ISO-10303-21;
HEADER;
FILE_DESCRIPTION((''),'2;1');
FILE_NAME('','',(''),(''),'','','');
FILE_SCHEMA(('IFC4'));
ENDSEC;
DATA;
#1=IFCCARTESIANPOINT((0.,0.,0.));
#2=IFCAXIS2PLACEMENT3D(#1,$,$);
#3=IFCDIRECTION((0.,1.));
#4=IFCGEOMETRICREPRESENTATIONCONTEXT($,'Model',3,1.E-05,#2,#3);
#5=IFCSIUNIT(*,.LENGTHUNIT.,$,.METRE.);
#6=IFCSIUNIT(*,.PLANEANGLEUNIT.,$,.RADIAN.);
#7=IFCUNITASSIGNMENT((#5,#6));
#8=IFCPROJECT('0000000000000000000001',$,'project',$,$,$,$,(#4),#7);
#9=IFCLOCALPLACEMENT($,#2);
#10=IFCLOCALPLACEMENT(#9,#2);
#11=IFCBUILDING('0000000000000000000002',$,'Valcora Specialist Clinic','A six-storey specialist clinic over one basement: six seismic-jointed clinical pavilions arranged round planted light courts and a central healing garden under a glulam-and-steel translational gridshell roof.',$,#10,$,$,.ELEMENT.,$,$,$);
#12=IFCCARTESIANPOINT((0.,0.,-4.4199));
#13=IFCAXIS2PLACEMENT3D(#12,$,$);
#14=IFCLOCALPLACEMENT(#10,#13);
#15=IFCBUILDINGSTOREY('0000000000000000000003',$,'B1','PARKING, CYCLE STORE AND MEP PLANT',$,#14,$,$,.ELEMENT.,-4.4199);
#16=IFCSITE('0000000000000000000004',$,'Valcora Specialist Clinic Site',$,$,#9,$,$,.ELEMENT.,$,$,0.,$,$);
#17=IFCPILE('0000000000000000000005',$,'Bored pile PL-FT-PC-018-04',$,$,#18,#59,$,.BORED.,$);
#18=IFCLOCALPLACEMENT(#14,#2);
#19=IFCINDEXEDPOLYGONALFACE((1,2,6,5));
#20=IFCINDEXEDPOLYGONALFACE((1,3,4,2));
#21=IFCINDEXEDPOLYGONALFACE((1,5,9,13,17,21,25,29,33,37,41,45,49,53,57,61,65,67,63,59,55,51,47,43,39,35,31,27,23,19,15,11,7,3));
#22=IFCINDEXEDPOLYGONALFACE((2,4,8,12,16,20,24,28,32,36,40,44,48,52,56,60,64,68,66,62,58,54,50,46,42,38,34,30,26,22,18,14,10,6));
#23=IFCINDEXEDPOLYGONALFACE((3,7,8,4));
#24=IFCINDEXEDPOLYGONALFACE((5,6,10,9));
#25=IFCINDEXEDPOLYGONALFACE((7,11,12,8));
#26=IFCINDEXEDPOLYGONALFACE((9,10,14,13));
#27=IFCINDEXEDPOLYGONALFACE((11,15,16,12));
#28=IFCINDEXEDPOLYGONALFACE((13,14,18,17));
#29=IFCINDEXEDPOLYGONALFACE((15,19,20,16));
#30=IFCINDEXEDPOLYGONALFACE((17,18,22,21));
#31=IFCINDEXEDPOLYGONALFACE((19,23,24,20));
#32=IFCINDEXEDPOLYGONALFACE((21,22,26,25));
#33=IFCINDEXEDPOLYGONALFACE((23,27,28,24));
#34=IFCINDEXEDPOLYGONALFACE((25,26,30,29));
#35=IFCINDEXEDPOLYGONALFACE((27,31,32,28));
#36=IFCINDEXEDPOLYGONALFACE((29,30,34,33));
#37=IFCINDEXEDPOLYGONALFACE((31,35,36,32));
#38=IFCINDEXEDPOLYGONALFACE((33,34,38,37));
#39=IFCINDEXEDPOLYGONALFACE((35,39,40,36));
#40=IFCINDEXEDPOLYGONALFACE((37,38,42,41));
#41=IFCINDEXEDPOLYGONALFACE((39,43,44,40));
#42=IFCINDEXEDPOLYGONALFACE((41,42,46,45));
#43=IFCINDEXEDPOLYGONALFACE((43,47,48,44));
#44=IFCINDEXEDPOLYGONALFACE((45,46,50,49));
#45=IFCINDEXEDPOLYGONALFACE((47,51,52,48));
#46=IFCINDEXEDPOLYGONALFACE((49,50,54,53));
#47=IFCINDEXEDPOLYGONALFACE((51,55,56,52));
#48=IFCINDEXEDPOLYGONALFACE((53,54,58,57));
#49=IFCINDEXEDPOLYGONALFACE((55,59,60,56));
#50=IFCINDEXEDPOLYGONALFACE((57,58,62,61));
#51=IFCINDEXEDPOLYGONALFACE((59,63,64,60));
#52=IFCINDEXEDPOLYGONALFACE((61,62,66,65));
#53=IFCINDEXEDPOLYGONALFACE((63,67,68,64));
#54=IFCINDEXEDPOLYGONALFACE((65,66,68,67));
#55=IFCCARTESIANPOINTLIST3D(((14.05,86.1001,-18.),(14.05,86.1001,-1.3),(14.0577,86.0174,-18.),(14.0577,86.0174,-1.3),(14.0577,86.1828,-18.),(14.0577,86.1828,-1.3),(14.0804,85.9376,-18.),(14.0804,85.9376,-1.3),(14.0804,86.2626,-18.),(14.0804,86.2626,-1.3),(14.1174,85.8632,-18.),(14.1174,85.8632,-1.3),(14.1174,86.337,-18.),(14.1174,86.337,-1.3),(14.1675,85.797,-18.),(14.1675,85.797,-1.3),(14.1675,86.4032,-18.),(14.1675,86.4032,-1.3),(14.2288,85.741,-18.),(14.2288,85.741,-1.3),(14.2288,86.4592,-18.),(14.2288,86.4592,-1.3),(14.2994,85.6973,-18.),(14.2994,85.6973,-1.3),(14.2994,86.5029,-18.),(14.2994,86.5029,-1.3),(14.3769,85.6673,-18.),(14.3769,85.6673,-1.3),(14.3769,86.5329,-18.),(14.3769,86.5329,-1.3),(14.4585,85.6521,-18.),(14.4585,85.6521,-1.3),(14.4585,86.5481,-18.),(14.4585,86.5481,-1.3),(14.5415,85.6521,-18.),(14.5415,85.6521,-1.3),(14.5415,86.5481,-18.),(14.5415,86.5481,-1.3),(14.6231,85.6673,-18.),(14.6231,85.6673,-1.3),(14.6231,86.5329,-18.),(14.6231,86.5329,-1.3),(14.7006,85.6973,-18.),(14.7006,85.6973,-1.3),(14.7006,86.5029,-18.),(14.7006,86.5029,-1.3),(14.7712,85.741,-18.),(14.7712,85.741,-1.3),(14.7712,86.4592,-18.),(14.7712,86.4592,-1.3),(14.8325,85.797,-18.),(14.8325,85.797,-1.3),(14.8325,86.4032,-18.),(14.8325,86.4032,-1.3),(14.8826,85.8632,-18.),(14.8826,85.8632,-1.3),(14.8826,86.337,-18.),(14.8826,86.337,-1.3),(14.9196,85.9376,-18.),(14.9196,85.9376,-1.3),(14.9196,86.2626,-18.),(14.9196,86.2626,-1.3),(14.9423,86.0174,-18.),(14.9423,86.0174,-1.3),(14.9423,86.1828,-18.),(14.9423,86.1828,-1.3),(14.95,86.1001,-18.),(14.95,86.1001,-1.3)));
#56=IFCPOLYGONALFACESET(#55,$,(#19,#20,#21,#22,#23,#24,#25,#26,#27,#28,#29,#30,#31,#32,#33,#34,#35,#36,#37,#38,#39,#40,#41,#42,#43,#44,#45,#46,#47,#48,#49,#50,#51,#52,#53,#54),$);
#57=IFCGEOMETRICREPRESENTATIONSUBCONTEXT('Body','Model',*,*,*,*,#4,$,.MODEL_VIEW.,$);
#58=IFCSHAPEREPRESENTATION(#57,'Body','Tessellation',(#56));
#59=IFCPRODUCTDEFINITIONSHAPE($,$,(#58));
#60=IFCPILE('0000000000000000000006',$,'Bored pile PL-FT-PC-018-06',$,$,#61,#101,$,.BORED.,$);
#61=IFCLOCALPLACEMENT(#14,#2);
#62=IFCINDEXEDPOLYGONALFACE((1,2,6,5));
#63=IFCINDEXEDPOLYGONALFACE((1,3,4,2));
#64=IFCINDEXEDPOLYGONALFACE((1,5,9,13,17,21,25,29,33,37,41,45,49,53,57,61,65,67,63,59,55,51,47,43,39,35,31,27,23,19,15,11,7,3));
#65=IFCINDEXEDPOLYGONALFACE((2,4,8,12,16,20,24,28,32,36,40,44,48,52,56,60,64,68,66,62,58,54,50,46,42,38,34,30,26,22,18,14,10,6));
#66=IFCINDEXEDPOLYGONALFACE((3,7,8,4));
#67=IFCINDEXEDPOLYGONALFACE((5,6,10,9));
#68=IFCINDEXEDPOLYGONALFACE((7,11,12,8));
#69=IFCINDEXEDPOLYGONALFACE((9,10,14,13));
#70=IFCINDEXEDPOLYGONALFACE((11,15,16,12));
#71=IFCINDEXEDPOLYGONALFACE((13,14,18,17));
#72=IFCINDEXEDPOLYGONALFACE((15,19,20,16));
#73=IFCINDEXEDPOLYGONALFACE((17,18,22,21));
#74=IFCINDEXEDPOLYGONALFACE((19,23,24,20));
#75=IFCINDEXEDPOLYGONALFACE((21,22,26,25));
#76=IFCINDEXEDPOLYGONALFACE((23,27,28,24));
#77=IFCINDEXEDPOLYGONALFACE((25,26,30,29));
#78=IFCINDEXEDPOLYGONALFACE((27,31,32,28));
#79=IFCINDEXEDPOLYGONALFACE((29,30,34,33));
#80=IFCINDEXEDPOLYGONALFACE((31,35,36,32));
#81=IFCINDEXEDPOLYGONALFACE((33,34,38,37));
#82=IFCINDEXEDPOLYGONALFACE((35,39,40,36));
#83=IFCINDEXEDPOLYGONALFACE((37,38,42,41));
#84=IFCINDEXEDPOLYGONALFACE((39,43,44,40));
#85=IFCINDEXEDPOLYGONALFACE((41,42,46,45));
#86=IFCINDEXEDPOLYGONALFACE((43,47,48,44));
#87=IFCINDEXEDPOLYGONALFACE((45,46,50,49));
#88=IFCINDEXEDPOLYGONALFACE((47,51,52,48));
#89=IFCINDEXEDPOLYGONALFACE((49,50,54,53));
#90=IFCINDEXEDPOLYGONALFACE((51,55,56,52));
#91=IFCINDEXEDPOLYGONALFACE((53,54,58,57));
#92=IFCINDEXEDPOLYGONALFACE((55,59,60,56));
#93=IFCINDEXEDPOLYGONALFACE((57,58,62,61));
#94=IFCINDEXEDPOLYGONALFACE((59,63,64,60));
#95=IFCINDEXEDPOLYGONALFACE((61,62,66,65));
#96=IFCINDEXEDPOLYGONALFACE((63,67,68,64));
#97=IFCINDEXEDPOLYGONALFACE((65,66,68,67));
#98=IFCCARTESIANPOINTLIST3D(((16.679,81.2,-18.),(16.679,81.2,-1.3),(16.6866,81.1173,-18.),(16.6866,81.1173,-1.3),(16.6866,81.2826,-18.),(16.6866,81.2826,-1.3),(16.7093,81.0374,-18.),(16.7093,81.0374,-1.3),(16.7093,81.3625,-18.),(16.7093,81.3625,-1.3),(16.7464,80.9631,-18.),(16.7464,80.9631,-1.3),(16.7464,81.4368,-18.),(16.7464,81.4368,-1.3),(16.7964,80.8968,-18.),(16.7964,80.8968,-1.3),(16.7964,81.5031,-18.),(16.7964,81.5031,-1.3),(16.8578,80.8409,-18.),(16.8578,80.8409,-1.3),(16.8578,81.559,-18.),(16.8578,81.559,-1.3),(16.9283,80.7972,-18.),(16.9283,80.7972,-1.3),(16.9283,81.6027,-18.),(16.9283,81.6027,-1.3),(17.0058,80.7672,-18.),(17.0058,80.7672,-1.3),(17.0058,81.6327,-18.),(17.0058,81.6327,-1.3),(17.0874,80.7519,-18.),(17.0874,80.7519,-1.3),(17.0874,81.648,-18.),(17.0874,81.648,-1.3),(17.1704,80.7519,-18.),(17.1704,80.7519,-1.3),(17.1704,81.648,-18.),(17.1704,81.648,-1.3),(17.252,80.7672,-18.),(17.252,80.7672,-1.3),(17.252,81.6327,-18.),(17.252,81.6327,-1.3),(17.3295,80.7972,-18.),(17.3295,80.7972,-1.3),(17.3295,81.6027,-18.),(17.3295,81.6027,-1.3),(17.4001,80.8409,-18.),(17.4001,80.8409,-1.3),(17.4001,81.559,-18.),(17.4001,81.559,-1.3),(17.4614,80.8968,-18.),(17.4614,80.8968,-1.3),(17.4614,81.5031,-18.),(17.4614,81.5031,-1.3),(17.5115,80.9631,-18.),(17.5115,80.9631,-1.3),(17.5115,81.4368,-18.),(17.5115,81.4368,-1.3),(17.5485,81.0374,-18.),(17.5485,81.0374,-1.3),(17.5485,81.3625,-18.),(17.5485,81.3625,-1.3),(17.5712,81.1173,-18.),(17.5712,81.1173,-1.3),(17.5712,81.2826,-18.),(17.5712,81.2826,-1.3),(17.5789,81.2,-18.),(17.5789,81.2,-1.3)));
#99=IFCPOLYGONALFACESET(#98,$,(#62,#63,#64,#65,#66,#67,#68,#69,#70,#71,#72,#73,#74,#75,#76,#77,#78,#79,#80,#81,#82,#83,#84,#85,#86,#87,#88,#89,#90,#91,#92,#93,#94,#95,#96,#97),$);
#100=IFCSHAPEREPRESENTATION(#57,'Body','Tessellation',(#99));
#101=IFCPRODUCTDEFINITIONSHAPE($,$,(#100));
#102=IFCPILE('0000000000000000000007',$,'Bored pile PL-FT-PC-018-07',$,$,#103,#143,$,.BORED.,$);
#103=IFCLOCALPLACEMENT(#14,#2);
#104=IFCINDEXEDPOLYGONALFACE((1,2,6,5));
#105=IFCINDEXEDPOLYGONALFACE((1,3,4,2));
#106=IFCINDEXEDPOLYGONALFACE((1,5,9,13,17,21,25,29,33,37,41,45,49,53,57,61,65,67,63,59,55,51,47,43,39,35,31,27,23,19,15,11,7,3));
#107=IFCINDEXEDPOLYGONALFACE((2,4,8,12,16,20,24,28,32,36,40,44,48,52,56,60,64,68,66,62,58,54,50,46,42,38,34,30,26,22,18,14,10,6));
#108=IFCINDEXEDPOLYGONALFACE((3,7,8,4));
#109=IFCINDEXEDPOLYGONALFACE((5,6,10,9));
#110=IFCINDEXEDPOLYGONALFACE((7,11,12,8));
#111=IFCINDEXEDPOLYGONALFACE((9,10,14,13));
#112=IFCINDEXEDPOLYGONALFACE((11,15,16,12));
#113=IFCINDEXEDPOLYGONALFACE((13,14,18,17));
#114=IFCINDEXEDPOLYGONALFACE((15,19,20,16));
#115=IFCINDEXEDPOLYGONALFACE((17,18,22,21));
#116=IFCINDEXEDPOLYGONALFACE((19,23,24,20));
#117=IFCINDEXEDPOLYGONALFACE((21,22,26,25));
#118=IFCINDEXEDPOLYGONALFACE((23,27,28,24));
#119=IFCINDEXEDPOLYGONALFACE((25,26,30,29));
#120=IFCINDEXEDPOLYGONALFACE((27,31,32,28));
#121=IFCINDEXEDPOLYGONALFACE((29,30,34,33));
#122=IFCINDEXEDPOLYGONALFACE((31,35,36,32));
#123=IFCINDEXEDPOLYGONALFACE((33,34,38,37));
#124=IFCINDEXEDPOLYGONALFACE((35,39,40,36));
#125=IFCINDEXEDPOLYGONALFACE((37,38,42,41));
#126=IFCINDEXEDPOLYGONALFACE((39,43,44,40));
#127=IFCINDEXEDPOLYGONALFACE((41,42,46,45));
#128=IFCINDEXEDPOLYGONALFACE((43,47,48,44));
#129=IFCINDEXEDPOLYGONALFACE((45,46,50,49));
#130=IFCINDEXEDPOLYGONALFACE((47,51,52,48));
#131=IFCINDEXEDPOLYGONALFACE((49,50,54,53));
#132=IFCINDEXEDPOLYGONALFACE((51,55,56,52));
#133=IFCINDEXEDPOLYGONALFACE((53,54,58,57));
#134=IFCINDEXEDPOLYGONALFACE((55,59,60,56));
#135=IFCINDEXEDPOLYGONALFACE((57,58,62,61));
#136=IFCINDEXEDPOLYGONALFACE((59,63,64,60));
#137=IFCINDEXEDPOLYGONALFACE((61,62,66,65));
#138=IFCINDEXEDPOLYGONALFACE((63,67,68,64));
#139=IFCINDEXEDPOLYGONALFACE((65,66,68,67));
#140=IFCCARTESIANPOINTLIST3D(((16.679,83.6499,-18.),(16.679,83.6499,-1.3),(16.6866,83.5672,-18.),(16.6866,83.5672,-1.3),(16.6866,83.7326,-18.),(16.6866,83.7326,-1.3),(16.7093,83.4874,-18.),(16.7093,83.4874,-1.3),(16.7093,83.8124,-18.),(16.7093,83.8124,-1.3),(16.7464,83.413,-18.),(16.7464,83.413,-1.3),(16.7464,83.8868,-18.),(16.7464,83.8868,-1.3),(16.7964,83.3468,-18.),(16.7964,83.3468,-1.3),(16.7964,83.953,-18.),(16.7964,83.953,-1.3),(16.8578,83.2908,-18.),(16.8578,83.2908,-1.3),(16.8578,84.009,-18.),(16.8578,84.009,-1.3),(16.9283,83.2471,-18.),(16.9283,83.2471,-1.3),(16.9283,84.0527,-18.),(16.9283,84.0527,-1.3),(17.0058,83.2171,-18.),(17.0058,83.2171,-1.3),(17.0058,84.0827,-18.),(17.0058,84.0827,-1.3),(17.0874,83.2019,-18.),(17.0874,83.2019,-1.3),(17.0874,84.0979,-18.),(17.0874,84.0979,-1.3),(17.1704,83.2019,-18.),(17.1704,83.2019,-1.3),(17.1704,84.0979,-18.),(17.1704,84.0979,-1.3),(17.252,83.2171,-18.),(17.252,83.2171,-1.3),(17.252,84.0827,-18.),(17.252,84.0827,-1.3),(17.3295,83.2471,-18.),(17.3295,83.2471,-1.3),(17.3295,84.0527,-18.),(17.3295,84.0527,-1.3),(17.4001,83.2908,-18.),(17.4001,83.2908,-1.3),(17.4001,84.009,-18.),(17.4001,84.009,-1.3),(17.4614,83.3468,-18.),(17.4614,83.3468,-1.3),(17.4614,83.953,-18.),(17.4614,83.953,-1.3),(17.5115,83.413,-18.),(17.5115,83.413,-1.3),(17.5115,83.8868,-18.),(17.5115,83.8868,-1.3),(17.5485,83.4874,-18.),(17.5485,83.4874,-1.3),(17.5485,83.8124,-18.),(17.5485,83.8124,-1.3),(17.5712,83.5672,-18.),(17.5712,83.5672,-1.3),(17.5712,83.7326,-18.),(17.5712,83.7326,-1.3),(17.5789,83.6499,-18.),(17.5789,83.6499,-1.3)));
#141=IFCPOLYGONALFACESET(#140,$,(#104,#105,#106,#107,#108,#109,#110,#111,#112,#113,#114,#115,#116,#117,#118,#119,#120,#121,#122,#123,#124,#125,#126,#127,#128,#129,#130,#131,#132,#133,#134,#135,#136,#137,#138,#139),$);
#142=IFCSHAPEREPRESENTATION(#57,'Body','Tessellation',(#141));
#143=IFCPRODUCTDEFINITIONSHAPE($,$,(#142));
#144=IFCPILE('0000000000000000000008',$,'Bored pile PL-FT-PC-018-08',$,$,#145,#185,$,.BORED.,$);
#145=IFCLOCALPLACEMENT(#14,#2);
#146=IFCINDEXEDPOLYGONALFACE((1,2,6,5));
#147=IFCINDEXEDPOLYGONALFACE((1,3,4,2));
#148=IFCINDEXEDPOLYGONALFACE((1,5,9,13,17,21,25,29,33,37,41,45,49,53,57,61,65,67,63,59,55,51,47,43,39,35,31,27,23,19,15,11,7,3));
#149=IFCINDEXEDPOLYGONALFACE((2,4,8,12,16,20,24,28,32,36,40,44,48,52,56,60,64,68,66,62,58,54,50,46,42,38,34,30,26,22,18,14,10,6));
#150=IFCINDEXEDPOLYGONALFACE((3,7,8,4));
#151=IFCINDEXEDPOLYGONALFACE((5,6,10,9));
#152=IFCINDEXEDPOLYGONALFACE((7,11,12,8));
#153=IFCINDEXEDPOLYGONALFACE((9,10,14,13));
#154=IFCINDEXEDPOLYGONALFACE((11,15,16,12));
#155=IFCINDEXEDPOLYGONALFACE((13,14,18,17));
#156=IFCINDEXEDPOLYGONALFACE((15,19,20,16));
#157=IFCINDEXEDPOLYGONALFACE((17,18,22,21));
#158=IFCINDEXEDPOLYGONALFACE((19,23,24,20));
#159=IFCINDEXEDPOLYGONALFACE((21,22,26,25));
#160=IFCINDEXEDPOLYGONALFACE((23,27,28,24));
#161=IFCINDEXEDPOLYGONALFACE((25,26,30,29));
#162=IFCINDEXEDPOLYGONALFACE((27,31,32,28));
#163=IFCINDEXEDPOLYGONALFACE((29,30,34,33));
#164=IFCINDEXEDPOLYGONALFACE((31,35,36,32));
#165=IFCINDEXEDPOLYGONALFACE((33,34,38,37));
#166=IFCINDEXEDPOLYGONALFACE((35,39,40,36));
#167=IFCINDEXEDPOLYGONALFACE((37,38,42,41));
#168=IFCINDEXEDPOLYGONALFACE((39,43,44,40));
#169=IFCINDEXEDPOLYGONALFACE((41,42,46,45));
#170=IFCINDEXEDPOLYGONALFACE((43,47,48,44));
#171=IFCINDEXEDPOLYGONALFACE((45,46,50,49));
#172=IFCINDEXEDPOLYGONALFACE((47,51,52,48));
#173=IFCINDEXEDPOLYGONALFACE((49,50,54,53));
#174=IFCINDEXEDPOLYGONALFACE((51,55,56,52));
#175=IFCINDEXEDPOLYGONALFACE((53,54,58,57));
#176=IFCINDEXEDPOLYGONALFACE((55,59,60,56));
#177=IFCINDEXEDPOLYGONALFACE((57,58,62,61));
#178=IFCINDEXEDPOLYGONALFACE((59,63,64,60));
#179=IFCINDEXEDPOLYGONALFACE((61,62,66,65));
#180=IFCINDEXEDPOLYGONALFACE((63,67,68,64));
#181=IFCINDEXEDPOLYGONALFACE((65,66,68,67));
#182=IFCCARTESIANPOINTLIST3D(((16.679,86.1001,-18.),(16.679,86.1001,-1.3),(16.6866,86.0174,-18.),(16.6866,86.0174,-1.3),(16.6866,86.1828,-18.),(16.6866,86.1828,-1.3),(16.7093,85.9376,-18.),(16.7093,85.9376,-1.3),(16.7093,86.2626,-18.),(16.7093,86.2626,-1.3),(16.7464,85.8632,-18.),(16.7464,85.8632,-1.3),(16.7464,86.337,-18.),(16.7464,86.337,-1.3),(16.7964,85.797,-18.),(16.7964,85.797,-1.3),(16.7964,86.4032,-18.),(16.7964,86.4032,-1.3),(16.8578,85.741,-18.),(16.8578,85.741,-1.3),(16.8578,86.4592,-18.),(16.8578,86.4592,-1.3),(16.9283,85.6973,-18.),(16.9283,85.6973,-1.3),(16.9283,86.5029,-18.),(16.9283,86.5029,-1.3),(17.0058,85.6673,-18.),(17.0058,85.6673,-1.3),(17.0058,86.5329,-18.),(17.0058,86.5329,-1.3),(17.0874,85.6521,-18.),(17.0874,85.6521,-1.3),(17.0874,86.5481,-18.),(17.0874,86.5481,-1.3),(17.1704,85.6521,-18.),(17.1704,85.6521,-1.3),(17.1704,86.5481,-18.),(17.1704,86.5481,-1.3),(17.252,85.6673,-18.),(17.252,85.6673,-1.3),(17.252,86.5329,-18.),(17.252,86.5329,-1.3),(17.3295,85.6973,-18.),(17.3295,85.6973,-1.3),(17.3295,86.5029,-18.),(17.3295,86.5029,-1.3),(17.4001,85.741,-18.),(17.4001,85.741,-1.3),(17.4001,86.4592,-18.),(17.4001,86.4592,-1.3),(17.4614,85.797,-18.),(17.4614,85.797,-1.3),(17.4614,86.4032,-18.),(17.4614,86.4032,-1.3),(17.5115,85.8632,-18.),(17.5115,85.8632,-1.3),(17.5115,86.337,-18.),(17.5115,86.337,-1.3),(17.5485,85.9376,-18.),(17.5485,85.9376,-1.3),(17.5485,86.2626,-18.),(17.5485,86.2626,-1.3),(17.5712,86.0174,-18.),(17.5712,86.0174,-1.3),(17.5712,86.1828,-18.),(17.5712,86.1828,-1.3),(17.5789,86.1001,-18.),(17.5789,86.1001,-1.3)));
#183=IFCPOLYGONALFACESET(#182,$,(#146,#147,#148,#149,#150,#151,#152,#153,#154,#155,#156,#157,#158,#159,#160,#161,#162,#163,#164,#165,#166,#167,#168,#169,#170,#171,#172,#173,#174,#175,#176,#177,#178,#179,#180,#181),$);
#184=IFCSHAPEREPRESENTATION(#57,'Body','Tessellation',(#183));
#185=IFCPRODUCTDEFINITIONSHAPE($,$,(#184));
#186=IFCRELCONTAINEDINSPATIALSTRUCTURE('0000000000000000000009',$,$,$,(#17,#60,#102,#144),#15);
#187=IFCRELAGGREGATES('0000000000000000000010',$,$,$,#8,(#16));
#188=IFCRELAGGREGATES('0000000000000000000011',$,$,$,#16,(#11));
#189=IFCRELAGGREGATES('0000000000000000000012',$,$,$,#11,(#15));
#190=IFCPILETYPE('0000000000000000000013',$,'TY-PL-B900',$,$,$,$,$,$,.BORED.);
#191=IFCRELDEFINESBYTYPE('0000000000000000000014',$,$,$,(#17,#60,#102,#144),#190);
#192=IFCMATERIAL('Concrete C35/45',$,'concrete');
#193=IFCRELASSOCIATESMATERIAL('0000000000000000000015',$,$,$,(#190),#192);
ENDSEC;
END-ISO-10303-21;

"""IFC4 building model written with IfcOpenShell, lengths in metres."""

from ifc_helpers import new_model, si_unit, direction, frame, origin, origin_2d, place, context, subcontext, project, spatial, circle, extrude, material, material_profile, profile_set, type_object, element, save


model = new_model("IFC4")

# Units and contexts
model_context = context("Model", 3, precision=1e-05, world=origin(), true_north=direction((0.0, 1.0)))
body_context = subcontext(model_context, "Body", "Model", "MODEL_VIEW")
ifc_project = project(units=[si_unit("LENGTHUNIT", "METRE"), si_unit("PLANEANGLEUNIT", "RADIAN")], contexts=[model_context])

# Site, building, storey
site_placement = place(None, origin())
site = spatial("IfcSite", under=ifc_project, at=site_placement, Name="Valcora Specialist Clinic Site", CompositionType="ELEMENT", RefElevation=0.0)
building_placement = place(site_placement, origin())
building = spatial("IfcBuilding", under=site, at=building_placement, Name="Valcora Specialist Clinic", Description="A six-storey specialist clinic over one basement: six seismic-jointed clinical pavilions arranged round planted light courts and a central healing garden under a glulam-and-steel translational gridshell roof.", CompositionType="ELEMENT")
storey_placement = place(building_placement, frame((0.0, 0.0, -4.4199)))
storey = spatial("IfcBuildingStorey", under=building, at=storey_placement, Name="B1", Description="PARKING, CYCLE STORE AND MEP PLANT", CompositionType="ELEMENT", Elevation=-4.4199)

# Piles
ifc_material_1 = material(Name="Concrete C35/45", Category="concrete")
ifc_material_profile_1 = material_profile(ifc_material_1, circle(Radius=0.45, at=origin_2d()), Name="RC-PIL-D900")
ifc_profile_set_1 = profile_set([ifc_material_profile_1], Name="Concrete C35/45")
pile_type = type_object("IfcPileType", Name="TY-PL-B900", PredefinedType="BORED", material=ifc_profile_set_1)
for number, where, z_axis, x_axis, name in (
    (1, (14.5, 86.1001, -1.3), (0.0, 0.0, -1.0), (1.0, 0.0, 0.0), "Bored pile PL-FT-PC-018-04"),
    (2, (17.1289, 81.2, -1.3), (0.0, 0.0, -1.0), (1.0, 0.0, 0.0), "Bored pile PL-FT-PC-018-06"),
    (3, (17.1289, 83.6499, -1.3), (0.0, 0.0, -1.0), (1.0, 0.0, 0.0), "Bored pile PL-FT-PC-018-07"),
    (4, (17.1289, 86.1001, -1.3), (0.0, 0.0, -1.0), (1.0, 0.0, 0.0), "Bored pile PL-FT-PC-018-08"),
):
    element("IfcPile", number, at=place(storey_placement, frame(where, z_axis=z_axis, x_axis=x_axis)), inside=storey, type_object=pile_type, Name=name, PredefinedType="BORED", context=body_context, shape_type="SweptSolid", body=[
        extrude(circle(Radius=0.45, at=origin_2d()), origin(), (0.0, 0.0, 1.0), 16.7),
    ])

save(model, "model.ifc")
